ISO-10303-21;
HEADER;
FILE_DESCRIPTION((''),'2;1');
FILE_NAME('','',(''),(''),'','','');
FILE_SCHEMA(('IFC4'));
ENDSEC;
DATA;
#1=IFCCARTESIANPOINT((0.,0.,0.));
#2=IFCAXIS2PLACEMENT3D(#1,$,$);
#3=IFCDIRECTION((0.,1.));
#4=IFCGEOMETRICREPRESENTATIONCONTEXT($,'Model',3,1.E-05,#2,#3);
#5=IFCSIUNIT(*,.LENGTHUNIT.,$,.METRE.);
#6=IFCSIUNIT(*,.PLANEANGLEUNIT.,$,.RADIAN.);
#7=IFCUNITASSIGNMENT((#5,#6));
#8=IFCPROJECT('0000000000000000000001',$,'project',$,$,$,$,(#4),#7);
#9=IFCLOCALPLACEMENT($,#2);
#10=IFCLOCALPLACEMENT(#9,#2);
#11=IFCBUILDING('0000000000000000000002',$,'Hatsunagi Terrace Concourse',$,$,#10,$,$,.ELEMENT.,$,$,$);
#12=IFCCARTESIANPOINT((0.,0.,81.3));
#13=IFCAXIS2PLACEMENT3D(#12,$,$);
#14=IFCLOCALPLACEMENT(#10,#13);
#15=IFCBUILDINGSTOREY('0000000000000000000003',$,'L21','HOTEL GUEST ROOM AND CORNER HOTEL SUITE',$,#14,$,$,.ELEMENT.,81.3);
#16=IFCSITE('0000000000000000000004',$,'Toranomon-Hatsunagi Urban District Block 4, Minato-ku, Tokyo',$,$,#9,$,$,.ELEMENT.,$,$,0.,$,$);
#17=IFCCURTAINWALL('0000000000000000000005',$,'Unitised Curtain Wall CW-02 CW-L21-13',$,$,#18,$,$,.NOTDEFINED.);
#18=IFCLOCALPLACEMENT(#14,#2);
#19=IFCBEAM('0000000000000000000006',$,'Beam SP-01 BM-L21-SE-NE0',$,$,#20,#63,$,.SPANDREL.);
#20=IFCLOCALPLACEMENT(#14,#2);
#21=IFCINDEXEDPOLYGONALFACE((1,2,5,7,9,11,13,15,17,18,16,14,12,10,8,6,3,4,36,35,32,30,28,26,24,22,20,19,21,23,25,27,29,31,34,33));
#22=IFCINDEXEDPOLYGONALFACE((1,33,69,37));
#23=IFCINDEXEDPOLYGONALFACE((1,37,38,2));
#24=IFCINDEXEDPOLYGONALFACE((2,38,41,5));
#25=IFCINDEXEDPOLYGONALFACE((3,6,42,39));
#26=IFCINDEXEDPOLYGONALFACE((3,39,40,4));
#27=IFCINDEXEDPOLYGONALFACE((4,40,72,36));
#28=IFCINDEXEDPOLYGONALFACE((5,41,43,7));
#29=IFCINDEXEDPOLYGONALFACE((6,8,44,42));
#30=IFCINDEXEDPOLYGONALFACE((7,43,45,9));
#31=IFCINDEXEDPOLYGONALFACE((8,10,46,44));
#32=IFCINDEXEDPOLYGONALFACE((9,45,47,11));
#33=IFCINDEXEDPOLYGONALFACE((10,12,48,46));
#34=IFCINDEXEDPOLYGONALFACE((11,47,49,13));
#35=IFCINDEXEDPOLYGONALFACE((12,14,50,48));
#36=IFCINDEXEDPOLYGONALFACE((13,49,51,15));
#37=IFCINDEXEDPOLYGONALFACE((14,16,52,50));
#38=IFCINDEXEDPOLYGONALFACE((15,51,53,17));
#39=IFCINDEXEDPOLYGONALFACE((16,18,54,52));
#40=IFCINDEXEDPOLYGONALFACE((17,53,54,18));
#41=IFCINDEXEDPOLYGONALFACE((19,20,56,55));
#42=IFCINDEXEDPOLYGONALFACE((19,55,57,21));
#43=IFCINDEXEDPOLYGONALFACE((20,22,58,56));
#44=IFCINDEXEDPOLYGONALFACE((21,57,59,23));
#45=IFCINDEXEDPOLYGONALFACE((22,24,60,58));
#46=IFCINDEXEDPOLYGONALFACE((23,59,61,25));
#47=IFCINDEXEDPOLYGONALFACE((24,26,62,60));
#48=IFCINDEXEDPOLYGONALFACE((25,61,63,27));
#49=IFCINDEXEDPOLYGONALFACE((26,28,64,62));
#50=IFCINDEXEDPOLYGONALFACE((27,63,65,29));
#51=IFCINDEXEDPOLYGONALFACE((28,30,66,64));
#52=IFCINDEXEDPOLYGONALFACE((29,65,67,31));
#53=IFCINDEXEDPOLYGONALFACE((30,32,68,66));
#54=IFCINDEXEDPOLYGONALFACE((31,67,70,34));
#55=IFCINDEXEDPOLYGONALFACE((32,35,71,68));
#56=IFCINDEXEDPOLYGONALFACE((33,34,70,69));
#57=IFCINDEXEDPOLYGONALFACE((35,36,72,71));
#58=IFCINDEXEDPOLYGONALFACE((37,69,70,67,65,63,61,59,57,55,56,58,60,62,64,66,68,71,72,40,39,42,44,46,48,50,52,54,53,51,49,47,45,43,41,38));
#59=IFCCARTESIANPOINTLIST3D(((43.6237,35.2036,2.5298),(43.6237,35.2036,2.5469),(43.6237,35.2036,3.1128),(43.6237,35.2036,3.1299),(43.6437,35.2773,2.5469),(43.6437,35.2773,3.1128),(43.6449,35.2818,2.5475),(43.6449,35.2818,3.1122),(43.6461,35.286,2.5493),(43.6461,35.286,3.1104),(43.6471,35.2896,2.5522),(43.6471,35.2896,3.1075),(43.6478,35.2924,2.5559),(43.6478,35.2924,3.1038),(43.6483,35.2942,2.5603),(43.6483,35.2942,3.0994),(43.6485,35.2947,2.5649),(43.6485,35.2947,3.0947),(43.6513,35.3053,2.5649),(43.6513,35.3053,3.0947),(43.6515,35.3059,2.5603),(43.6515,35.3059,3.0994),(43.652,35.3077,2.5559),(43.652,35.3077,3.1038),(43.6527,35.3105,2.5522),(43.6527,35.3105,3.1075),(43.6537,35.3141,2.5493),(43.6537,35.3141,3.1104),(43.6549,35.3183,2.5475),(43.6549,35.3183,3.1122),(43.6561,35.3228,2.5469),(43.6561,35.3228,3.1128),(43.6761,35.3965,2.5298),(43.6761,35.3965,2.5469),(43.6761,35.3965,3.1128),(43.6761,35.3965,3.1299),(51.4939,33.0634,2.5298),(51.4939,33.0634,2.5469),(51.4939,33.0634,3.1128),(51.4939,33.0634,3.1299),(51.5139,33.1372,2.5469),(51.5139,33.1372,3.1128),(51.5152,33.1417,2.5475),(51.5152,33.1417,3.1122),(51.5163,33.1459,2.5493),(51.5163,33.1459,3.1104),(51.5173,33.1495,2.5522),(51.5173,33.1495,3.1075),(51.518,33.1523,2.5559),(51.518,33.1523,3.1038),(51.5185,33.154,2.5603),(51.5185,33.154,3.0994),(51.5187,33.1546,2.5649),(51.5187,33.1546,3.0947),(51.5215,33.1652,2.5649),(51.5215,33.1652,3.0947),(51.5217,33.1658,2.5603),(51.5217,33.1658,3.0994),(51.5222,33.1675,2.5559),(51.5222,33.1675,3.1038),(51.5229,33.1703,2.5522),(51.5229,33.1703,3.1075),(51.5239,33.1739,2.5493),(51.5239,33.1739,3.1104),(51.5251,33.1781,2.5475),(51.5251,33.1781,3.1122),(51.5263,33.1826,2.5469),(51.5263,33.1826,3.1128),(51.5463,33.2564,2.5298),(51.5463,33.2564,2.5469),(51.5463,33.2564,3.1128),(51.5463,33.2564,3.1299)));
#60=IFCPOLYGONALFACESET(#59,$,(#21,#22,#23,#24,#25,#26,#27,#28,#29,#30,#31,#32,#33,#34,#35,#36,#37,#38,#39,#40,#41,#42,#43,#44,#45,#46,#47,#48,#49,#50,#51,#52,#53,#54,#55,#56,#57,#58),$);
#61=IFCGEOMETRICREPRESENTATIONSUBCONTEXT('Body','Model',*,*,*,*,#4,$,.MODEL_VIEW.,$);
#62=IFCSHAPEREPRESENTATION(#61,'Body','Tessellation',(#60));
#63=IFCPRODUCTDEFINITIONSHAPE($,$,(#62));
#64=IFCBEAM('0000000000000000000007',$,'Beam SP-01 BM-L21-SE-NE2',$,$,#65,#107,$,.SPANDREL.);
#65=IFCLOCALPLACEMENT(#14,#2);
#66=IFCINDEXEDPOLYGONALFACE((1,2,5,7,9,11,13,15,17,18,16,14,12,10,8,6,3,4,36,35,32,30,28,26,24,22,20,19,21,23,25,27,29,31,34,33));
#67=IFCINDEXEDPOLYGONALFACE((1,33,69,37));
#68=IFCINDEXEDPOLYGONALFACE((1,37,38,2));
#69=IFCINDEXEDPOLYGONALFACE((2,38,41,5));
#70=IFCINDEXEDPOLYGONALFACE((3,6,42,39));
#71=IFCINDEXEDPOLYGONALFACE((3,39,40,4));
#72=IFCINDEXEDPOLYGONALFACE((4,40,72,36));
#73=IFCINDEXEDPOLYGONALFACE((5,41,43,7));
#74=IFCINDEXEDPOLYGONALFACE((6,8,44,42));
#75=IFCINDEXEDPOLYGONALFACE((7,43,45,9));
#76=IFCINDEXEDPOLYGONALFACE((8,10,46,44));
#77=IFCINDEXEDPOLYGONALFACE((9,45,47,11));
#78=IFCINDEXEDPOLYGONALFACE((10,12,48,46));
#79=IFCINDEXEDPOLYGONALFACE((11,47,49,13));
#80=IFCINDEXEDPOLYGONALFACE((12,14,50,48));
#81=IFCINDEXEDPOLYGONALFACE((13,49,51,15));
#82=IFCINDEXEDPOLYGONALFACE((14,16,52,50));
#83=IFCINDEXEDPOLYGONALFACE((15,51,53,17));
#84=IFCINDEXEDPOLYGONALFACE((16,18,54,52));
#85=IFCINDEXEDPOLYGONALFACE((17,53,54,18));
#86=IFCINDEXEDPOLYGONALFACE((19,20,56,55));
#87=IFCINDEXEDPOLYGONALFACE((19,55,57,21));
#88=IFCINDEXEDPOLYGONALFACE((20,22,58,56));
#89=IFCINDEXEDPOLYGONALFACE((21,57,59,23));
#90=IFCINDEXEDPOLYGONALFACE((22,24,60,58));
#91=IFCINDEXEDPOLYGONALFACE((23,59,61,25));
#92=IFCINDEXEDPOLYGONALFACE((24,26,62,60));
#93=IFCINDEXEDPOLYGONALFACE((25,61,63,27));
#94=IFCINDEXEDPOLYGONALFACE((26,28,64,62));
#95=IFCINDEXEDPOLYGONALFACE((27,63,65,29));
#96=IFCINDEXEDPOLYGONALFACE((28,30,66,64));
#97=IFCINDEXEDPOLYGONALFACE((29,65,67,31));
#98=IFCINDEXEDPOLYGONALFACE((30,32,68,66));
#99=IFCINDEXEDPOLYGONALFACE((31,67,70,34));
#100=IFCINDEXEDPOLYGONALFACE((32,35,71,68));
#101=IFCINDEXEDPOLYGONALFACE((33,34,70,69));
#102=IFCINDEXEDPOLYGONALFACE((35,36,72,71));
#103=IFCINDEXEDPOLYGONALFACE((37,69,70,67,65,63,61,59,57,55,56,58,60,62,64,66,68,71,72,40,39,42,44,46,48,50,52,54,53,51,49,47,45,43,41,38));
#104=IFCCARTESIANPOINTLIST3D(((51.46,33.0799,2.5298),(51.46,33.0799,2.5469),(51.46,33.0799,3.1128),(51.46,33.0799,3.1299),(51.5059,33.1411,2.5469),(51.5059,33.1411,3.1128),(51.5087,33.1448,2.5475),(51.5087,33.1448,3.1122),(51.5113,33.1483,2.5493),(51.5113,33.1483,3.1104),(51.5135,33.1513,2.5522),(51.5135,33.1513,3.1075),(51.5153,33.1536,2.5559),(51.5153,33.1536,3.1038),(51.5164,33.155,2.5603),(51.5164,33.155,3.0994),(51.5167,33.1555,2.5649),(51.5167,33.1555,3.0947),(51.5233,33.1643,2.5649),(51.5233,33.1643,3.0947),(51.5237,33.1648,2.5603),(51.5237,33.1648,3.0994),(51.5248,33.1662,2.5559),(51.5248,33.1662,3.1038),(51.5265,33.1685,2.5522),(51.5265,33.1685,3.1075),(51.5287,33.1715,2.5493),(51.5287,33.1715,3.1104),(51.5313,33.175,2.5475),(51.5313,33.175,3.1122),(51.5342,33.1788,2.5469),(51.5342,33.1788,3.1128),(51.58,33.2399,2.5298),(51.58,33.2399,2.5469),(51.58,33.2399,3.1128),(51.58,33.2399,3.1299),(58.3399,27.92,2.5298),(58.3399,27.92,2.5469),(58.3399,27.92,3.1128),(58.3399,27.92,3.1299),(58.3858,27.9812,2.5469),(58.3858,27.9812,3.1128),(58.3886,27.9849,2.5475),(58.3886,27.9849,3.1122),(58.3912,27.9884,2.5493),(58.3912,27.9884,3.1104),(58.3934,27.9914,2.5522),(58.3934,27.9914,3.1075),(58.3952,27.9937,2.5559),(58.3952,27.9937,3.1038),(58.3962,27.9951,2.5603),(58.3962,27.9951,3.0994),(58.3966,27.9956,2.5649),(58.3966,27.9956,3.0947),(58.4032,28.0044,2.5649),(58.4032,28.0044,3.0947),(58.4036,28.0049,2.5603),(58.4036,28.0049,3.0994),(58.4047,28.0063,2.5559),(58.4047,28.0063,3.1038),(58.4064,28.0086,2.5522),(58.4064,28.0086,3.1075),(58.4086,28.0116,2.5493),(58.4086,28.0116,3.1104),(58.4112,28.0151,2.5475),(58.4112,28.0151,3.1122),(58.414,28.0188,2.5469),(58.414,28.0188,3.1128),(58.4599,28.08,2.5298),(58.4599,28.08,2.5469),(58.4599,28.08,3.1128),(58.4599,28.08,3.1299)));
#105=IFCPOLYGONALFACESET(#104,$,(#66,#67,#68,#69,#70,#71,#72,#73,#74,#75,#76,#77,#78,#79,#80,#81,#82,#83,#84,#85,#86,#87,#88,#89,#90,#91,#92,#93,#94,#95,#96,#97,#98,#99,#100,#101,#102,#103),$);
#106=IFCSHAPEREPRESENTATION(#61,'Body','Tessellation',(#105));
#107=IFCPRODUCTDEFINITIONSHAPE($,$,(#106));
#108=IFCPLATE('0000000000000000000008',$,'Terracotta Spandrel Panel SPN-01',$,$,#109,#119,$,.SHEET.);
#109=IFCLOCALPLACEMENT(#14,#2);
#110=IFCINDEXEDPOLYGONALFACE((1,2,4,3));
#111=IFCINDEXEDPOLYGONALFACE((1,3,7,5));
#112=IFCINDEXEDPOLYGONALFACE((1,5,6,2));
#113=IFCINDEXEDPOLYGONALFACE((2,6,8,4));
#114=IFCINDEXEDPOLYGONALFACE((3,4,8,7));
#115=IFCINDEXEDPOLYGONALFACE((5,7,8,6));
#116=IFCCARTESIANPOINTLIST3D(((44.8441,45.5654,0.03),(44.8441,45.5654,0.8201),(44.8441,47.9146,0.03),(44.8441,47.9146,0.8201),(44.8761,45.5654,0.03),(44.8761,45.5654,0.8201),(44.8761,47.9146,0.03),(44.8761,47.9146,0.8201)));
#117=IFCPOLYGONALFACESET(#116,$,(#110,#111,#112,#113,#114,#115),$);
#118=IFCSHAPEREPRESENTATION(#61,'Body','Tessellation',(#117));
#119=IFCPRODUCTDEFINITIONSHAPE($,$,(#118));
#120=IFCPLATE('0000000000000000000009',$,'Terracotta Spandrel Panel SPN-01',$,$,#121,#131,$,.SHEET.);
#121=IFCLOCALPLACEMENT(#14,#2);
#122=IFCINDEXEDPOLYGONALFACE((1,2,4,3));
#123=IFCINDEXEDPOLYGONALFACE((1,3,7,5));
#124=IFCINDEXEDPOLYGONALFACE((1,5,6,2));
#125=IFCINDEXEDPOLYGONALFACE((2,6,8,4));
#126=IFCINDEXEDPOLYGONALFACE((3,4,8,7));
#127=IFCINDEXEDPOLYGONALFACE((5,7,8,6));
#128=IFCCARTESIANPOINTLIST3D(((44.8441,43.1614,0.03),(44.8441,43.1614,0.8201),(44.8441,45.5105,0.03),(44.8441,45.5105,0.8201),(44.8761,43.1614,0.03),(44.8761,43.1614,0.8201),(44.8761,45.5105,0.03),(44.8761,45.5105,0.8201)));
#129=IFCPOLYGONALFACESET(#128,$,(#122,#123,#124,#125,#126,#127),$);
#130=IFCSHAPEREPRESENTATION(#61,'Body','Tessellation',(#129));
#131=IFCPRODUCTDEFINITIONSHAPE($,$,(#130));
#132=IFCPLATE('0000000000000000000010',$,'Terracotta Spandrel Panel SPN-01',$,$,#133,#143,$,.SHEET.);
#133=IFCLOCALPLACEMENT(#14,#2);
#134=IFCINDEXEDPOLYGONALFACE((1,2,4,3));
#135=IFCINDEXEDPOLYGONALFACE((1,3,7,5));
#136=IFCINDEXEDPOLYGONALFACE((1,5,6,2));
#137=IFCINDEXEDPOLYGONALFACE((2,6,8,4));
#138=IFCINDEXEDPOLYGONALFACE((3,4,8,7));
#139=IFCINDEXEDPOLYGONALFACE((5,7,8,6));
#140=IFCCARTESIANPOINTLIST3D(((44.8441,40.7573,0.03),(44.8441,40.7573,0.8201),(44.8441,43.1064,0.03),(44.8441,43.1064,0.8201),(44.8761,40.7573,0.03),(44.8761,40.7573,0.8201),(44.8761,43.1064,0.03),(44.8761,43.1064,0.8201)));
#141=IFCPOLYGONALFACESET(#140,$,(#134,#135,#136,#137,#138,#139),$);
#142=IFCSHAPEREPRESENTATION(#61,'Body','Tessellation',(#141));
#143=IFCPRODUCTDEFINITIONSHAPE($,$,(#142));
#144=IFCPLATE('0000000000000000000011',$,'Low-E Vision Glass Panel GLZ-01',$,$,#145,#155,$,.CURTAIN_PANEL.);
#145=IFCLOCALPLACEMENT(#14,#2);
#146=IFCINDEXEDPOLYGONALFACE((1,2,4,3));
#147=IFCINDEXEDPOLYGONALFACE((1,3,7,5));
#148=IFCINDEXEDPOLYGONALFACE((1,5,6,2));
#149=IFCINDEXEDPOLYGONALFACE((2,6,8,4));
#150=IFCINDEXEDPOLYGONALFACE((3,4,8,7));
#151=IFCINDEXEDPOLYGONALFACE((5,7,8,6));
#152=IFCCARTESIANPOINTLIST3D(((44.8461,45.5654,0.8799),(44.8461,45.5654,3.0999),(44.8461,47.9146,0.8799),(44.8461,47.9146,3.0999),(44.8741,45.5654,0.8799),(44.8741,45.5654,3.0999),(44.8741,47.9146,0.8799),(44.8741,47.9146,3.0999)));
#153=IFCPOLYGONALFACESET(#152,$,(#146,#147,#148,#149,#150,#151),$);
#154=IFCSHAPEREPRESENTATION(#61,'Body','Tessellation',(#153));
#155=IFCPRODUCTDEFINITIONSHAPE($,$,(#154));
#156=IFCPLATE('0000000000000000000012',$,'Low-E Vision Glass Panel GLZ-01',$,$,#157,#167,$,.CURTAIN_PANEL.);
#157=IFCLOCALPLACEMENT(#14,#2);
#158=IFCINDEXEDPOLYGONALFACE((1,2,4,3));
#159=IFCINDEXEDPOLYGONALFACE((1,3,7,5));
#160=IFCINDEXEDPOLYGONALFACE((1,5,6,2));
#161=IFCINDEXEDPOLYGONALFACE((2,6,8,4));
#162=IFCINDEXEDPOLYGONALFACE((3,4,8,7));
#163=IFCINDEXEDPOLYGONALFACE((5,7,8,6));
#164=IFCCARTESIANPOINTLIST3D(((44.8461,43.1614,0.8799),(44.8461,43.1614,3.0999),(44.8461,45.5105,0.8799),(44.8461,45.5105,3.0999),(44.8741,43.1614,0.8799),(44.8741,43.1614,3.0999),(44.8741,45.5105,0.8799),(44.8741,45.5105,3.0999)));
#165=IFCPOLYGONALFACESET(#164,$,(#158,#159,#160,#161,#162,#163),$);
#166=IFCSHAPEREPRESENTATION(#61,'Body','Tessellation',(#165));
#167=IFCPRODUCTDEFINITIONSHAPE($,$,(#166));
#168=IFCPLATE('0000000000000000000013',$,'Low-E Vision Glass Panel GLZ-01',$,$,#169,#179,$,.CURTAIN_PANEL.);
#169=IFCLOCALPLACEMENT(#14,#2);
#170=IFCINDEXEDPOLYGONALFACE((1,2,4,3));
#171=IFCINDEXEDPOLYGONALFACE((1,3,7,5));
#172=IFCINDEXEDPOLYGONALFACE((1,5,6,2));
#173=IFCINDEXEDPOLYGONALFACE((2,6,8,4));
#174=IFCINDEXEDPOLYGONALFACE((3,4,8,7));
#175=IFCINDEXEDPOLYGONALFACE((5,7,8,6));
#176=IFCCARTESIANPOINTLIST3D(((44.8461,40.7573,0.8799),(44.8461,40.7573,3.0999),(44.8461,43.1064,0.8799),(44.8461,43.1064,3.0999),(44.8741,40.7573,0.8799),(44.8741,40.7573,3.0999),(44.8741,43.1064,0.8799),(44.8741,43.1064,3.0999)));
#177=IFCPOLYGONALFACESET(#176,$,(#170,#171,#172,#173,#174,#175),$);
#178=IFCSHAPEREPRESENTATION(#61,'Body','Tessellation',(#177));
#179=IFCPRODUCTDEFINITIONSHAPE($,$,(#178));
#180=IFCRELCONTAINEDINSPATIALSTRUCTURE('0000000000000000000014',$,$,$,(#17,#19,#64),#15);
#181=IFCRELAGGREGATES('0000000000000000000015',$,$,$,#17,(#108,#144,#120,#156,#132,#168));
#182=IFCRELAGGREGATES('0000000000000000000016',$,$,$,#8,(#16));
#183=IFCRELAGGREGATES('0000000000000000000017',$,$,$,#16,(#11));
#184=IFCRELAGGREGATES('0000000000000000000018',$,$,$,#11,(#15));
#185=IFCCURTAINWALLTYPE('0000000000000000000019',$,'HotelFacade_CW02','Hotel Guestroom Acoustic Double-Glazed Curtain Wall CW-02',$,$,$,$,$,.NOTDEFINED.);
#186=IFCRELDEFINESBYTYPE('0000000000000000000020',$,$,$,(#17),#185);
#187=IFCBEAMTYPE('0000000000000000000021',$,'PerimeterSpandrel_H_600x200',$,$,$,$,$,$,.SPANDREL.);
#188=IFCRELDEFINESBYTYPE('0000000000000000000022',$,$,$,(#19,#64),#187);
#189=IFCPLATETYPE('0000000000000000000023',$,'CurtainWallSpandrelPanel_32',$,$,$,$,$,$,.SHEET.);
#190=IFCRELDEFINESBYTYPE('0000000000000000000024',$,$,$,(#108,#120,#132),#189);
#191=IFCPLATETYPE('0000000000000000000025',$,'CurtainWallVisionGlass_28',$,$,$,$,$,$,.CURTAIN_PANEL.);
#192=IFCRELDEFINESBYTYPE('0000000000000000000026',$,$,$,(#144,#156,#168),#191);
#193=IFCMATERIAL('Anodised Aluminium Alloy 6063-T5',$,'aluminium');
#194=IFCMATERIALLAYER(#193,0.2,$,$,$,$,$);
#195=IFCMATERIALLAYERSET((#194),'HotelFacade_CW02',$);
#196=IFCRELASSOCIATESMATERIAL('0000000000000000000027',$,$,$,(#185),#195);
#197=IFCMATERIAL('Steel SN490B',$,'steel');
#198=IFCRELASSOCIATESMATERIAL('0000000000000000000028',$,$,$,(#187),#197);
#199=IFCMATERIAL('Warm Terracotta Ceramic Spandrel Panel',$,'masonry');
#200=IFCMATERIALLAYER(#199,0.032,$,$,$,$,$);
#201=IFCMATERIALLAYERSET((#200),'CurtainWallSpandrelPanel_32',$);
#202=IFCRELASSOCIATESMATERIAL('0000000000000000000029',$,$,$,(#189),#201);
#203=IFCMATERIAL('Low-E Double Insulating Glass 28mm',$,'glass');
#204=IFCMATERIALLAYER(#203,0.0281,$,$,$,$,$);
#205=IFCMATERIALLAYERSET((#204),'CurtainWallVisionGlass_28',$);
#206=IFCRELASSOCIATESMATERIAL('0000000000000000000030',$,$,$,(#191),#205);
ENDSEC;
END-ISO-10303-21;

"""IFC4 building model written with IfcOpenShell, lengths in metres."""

from ifc_helpers import new_model, si_unit, direction, frame, origin, origin_2d, place, context, subcontext, project, spatial, rectangle, i_section, extrude, material, layer, layer_set, material_profile, profile_set, type_object, element, aggregate, save


model = new_model("IFC4")

# Units and contexts
model_context = context("Model", 3, precision=1e-05, world=origin(), true_north=direction((0.0, 1.0)))
body_context = subcontext(model_context, "Body", "Model", "MODEL_VIEW")
ifc_project = project(units=[si_unit("LENGTHUNIT", "METRE"), si_unit("PLANEANGLEUNIT", "RADIAN")], contexts=[model_context])

# Site, building, storey
site_placement = place(None, origin())
site = spatial("IfcSite", under=ifc_project, at=site_placement, Name="Toranomon-Hatsunagi Urban District Block 4, Minato-ku, Tokyo", CompositionType="ELEMENT", RefElevation=0.0)
building_placement = place(site_placement, origin())
building = spatial("IfcBuilding", under=site, at=building_placement, Name="Hatsunagi Terrace Concourse", CompositionType="ELEMENT")
storey_placement = place(building_placement, frame((0.0, 0.0, 81.3)))
storey = spatial("IfcBuildingStorey", under=building, at=storey_placement, Name="L21", Description="HOTEL GUEST ROOM AND CORNER HOTEL SUITE", CompositionType="ELEMENT", Elevation=81.3)

# Curtain wall
ifc_material_1 = material(Name="Anodised Aluminium Alloy 6063-T5", Category="aluminium")
ifc_layer_1 = layer(ifc_material_1, 0.2)
ifc_layer_set_1 = layer_set([ifc_layer_1], Name="HotelFacade_CW02")
curtain_wall_type = type_object("IfcCurtainWallType", Name="HotelFacade_CW02", Description="Hotel Guestroom Acoustic Double-Glazed Curtain Wall CW-02", PredefinedType="NOTDEFINED", material=ifc_layer_set_1)
curtain_wall_placement = place(storey_placement, origin())
curtain_wall = element("IfcCurtainWall", 1, at=curtain_wall_placement, inside=storey, type_object=curtain_wall_type, Name="Unitised Curtain Wall CW-02 CW-L21-13", PredefinedType="NOTDEFINED")

# Beams
ifc_material_2 = material(Name="Steel SN490B", Category="steel")
ifc_material_profile_1 = material_profile(ifc_material_2, i_section(OverallWidth=0.2, OverallDepth=0.6001, WebThickness=0.011, FlangeThickness=0.0171, FilletRadius=0.0181, at=origin_2d()), Name="H-600x200x11x17")
ifc_profile_set_1 = profile_set([ifc_material_profile_1], Name="Steel SN490B")
beam_type_1 = type_object("IfcBeamType", Name="PerimeterSpandrel_H_600x200", PredefinedType="SPANDREL", material=ifc_profile_set_1)
beam_1_placement = place(storey_placement, frame((43.6499, 35.3, 2.8298), z_axis=(0.964958, -0.262403, 0.0), x_axis=(0.262403, 0.964958, 0.0)))
element("IfcBeam", 2, at=beam_1_placement, inside=storey, type_object=beam_type_1, Name="Beam SP-01 BM-L21-SE-NE0", PredefinedType="SPANDREL", context=body_context, shape_type="SweptSolid", body=[
    extrude(i_section(OverallWidth=0.2, OverallDepth=0.6001, WebThickness=0.011, FlangeThickness=0.0171, FilletRadius=0.0181, at=origin_2d()), origin(), (0.0, 0.0, 1.0), 8.156),
])
beam_2_placement = place(storey_placement, frame((51.52, 33.1599, 2.8298), z_axis=(0.8, -0.6, 0.0), x_axis=(0.6, 0.8, 0.0)))
element("IfcBeam", 3, at=beam_2_placement, inside=storey, type_object=beam_type_1, Name="Beam SP-01 BM-L21-SE-NE2", PredefinedType="SPANDREL", context=body_context, shape_type="SweptSolid", body=[
    extrude(i_section(OverallWidth=0.2, OverallDepth=0.6001, WebThickness=0.011, FlangeThickness=0.0171, FilletRadius=0.0181, at=origin_2d()), origin(), (0.0, 0.0, 1.0), 8.5999),
])

# Plates
ifc_material_3 = material(Name="Warm Terracotta Ceramic Spandrel Panel", Category="masonry")
ifc_layer_2 = layer(ifc_material_3, 0.032)
ifc_layer_set_2 = layer_set([ifc_layer_2], Name="CurtainWallSpandrelPanel_32")
plate_type_1 = type_object("IfcPlateType", Name="CurtainWallSpandrelPanel_32", PredefinedType="SHEET", material=ifc_layer_set_2)
plate_1_placement = place(storey_placement, frame((44.8601, 46.74, 0.03), z_axis=(0.0, 0.0, 1.0), x_axis=(0.0, -1.0, 0.0)))
plate_1 = element("IfcPlate", 4, at=plate_1_placement, type_object=plate_type_1, Name="Terracotta Spandrel Panel SPN-01", PredefinedType="SHEET", context=body_context, shape_type="SweptSolid", body=[
    extrude(rectangle(XDim=2.3491, YDim=0.032, at=origin_2d()), origin(), (0.0, 0.0, 1.0), 0.79),
])
plate_2_placement = place(storey_placement, frame((44.8601, 44.3359, 0.03), z_axis=(0.0, 0.0, 1.0), x_axis=(0.0, -1.0, 0.0)))
plate_2 = element("IfcPlate", 5, at=plate_2_placement, type_object=plate_type_1, Name="Terracotta Spandrel Panel SPN-01", PredefinedType="SHEET", context=body_context, shape_type="SweptSolid", body=[
    extrude(rectangle(XDim=2.3491, YDim=0.032, at=origin_2d()), origin(), (0.0, 0.0, 1.0), 0.79),
])
plate_3_placement = place(storey_placement, frame((44.8601, 41.9319, 0.03), z_axis=(0.0, 0.0, 1.0), x_axis=(0.0, -1.0, 0.0)))
plate_3 = element("IfcPlate", 6, at=plate_3_placement, type_object=plate_type_1, Name="Terracotta Spandrel Panel SPN-01", PredefinedType="SHEET", context=body_context, shape_type="SweptSolid", body=[
    extrude(rectangle(XDim=2.3491, YDim=0.032, at=origin_2d()), origin(), (0.0, 0.0, 1.0), 0.79),
])
ifc_material_4 = material(Name="Low-E Double Insulating Glass 28mm", Category="glass")
ifc_layer_3 = layer(ifc_material_4, 0.0281)
ifc_layer_set_3 = layer_set([ifc_layer_3], Name="CurtainWallVisionGlass_28")
plate_type_2 = type_object("IfcPlateType", Name="CurtainWallVisionGlass_28", PredefinedType="CURTAIN_PANEL", material=ifc_layer_set_3)
plate_4_placement = place(storey_placement, frame((44.8601, 46.74, 0.8799), z_axis=(0.0, 0.0, 1.0), x_axis=(0.0, -1.0, 0.0)))
plate_4 = element("IfcPlate", 7, at=plate_4_placement, type_object=plate_type_2, Name="Low-E Vision Glass Panel GLZ-01", PredefinedType="CURTAIN_PANEL", context=body_context, shape_type="SweptSolid", body=[
    extrude(rectangle(XDim=2.3491, YDim=0.0281, at=origin_2d()), origin(), (0.0, 0.0, 1.0), 2.22),
])
plate_5_placement = place(storey_placement, frame((44.8601, 44.3359, 0.8799), z_axis=(0.0, 0.0, 1.0), x_axis=(0.0, -1.0, 0.0)))
plate_5 = element("IfcPlate", 8, at=plate_5_placement, type_object=plate_type_2, Name="Low-E Vision Glass Panel GLZ-01", PredefinedType="CURTAIN_PANEL", context=body_context, shape_type="SweptSolid", body=[
    extrude(rectangle(XDim=2.3491, YDim=0.0281, at=origin_2d()), origin(), (0.0, 0.0, 1.0), 2.22),
])
plate_6_placement = place(storey_placement, frame((44.8601, 41.9319, 0.8799), z_axis=(0.0, 0.0, 1.0), x_axis=(0.0, -1.0, 0.0)))
plate_6 = element("IfcPlate", 9, at=plate_6_placement, type_object=plate_type_2, Name="Low-E Vision Glass Panel GLZ-01", PredefinedType="CURTAIN_PANEL", context=body_context, shape_type="SweptSolid", body=[
    extrude(rectangle(XDim=2.3491, YDim=0.0281, at=origin_2d()), origin(), (0.0, 0.0, 1.0), 2.22),
])
aggregate(curtain_wall, [plate_1, plate_4, plate_2, plate_5, plate_3, plate_6])

save(model, "model.ifc")
